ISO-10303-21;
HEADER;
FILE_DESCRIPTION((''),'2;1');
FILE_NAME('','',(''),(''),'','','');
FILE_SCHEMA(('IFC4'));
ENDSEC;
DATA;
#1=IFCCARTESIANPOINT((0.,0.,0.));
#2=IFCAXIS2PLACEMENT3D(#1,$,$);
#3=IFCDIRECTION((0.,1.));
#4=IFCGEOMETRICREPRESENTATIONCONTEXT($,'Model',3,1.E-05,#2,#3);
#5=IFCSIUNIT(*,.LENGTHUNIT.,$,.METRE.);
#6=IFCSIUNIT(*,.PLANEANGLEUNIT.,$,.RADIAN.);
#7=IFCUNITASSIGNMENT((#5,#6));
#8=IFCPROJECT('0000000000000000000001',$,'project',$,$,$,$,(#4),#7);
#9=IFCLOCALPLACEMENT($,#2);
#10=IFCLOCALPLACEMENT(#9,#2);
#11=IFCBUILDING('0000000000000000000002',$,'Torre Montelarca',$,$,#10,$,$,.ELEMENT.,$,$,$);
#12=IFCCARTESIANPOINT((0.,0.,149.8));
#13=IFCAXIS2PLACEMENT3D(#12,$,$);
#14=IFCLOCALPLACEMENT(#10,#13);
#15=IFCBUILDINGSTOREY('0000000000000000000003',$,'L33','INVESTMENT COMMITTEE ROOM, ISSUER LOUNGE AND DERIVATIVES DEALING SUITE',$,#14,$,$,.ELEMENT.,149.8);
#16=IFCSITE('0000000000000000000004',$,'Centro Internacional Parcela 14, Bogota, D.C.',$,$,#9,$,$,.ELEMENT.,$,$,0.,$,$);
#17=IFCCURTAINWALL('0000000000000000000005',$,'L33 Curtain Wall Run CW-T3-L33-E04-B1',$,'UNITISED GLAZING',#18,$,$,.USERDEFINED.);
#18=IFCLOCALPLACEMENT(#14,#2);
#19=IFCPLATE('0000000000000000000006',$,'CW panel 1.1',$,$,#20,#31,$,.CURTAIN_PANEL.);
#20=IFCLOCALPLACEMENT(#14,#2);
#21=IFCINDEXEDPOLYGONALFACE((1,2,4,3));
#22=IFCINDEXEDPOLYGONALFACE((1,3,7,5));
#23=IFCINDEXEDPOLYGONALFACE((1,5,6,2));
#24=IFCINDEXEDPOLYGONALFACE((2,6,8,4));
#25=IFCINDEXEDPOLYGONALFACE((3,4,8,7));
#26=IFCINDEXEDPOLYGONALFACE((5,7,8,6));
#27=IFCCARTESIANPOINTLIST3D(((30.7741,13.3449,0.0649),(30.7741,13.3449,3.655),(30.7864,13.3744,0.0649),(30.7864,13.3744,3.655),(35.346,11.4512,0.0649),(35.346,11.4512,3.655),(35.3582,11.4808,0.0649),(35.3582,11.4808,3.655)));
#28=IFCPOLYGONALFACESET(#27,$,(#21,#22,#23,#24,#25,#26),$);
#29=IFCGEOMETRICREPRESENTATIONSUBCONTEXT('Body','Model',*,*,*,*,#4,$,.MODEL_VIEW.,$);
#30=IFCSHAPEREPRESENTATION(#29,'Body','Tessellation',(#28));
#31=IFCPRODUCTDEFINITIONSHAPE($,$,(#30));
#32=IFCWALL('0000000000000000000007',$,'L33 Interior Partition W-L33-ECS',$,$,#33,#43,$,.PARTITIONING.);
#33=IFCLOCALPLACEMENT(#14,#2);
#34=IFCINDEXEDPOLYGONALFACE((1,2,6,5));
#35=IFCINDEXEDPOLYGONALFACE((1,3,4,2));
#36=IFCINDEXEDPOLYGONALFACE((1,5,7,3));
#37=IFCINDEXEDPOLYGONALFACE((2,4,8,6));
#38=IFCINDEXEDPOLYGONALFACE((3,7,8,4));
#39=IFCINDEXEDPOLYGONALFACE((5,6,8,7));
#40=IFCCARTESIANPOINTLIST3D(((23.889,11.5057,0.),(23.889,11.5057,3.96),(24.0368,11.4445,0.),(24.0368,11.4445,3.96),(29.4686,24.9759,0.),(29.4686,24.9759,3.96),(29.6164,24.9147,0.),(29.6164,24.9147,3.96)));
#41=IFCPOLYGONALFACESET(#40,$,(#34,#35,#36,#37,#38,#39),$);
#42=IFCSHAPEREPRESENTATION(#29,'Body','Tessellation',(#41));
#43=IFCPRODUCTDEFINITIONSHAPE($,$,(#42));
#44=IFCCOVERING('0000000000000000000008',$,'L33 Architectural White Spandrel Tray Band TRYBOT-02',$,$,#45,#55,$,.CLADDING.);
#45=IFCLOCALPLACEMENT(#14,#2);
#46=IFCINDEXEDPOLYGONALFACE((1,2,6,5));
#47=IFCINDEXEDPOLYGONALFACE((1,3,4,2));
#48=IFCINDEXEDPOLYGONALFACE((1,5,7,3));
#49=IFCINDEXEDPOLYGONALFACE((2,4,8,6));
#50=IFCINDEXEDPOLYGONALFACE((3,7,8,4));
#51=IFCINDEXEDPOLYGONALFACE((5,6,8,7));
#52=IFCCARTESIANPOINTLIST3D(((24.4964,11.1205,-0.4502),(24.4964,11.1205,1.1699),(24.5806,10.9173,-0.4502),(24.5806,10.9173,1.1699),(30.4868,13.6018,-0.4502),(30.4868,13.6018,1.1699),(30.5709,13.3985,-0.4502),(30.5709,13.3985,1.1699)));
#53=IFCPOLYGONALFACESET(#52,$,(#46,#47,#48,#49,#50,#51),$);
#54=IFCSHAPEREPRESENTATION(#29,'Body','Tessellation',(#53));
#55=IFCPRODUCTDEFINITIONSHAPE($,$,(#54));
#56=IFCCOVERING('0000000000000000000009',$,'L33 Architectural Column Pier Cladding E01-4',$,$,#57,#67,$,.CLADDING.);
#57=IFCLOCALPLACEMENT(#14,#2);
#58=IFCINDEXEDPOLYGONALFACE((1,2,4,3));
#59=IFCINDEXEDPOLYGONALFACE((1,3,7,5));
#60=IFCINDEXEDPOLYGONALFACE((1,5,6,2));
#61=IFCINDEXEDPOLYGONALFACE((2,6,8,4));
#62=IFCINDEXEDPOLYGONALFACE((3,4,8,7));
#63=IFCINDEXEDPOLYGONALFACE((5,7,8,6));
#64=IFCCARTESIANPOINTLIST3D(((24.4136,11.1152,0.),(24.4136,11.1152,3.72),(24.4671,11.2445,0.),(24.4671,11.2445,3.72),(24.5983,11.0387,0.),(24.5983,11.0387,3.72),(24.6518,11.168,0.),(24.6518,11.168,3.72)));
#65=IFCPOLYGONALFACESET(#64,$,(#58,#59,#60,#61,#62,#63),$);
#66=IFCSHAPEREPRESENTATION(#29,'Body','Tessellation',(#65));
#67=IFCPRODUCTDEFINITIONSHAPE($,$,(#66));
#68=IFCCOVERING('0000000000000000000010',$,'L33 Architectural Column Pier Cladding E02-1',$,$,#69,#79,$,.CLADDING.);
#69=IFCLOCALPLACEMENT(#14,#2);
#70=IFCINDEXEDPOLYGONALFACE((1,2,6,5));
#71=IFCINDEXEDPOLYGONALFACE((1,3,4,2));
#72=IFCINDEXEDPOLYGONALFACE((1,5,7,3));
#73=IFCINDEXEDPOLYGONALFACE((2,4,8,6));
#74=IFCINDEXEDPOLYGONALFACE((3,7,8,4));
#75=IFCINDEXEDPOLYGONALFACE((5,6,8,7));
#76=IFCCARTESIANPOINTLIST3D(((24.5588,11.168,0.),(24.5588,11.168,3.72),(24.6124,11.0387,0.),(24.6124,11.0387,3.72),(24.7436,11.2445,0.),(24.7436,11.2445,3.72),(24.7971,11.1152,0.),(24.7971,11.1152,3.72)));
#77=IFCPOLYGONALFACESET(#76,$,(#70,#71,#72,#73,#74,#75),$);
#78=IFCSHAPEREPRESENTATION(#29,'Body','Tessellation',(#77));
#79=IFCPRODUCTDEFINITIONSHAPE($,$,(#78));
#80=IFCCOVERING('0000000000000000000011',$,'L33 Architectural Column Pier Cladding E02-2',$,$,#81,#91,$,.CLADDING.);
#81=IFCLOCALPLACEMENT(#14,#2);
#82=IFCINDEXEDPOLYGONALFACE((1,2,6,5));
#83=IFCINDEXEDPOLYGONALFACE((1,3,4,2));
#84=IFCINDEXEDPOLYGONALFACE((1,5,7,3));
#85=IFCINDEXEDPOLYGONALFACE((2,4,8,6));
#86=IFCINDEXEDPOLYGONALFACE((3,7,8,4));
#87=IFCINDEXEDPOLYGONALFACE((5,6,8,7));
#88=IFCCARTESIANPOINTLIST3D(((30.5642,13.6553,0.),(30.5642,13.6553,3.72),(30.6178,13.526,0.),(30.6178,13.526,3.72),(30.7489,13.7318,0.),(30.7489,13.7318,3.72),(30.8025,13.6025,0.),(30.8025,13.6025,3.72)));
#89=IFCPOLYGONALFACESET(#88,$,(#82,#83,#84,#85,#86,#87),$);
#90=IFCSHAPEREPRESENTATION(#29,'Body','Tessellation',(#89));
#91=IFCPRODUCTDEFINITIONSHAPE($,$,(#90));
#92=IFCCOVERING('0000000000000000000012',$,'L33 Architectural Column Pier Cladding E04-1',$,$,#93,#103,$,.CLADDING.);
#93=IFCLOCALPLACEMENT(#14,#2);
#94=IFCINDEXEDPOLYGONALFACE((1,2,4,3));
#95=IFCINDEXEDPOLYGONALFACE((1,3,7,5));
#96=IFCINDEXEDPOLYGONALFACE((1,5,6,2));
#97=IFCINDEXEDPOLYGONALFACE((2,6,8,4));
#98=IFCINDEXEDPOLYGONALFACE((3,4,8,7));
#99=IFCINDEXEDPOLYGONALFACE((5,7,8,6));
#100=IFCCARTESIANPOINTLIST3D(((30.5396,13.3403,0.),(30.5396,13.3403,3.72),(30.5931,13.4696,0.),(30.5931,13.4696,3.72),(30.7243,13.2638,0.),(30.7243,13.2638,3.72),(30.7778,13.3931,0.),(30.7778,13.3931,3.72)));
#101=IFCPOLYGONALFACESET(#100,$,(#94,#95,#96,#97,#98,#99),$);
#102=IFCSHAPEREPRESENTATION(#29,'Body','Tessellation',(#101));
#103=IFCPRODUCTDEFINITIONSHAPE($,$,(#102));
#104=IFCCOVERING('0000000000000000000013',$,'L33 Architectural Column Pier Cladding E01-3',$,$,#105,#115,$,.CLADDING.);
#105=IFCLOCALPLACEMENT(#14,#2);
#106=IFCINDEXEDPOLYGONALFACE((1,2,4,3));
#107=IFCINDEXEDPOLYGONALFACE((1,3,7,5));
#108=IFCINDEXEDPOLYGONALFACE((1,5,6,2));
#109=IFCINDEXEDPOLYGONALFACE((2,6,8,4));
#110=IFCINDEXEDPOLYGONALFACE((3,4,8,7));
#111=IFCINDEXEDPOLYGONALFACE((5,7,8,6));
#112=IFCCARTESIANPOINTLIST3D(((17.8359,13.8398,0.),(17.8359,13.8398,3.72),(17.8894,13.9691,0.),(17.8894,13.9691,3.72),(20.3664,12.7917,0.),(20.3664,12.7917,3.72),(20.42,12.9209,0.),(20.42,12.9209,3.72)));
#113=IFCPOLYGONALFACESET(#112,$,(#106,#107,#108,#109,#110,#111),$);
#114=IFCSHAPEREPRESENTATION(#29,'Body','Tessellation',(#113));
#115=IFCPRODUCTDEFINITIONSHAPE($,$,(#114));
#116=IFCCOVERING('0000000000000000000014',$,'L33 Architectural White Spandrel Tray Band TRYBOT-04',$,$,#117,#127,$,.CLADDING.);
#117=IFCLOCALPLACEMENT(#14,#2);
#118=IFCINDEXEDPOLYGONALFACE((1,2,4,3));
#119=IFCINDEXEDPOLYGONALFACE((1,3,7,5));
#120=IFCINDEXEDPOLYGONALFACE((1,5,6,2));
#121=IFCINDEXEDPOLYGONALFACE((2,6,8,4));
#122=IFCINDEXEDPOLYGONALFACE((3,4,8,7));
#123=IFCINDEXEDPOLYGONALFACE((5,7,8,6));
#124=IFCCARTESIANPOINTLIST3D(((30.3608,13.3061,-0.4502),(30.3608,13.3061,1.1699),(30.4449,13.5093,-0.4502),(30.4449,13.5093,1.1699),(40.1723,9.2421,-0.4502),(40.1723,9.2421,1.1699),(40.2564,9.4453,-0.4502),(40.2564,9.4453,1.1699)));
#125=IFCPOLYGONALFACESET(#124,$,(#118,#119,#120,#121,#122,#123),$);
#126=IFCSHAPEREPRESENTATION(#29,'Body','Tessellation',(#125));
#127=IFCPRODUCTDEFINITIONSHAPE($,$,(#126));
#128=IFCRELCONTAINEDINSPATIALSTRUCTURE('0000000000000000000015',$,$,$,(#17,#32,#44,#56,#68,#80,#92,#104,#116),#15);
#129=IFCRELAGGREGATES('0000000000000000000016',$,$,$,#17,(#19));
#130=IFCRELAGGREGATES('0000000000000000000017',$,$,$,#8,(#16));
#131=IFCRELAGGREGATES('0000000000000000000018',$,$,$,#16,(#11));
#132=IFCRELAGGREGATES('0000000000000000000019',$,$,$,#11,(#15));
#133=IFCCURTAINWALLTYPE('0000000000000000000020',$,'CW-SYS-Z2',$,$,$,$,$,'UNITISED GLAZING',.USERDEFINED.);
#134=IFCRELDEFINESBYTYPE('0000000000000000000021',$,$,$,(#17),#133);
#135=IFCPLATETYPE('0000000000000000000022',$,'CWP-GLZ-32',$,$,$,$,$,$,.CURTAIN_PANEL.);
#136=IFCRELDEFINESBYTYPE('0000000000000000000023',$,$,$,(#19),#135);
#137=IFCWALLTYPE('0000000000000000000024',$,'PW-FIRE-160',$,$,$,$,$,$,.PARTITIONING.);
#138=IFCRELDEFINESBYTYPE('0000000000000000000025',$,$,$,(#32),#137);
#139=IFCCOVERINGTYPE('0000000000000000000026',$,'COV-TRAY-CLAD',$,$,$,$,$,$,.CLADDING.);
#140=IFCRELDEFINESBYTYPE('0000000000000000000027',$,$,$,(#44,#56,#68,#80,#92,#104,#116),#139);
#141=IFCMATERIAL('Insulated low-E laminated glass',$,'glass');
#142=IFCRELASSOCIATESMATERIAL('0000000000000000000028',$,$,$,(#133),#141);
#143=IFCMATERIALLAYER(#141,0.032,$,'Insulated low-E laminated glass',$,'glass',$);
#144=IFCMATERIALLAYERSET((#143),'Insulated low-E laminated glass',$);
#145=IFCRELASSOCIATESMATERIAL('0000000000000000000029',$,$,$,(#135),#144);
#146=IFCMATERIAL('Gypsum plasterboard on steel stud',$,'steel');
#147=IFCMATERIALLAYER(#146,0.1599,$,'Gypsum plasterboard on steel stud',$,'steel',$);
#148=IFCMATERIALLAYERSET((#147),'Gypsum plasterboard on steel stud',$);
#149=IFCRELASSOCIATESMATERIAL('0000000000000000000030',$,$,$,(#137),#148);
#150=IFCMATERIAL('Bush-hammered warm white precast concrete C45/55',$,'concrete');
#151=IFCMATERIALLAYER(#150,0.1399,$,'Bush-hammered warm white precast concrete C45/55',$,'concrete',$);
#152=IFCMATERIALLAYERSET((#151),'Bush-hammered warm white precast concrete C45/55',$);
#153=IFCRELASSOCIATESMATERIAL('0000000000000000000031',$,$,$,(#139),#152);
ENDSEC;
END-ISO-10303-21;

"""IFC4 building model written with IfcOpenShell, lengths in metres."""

from ifc_helpers import new_model, si_unit, direction, frame, frame_2d, origin, origin_2d, place, context, subcontext, project, spatial, rectangle, extrude, source, transform, mapped, material, layer, layer_set, type_object, element, aggregate, save


model = new_model("IFC4")

# Units and contexts
model_context = context("Model", 3, precision=1e-05, world=origin(), true_north=direction((0.0, 1.0)))
body_context = subcontext(model_context, "Body", "Model", "MODEL_VIEW")
ifc_project = project(units=[si_unit("LENGTHUNIT", "METRE"), si_unit("PLANEANGLEUNIT", "RADIAN")], contexts=[model_context])

# Site, building, storey
site_placement = place(None, origin())
site = spatial("IfcSite", under=ifc_project, at=site_placement, Name="Centro Internacional Parcela 14, Bogota, D.C.", CompositionType="ELEMENT", RefElevation=0.0)
building_placement = place(site_placement, origin())
building = spatial("IfcBuilding", under=site, at=building_placement, Name="Torre Montelarca", CompositionType="ELEMENT")
storey_placement = place(building_placement, frame((0.0, 0.0, 149.8)))
storey = spatial("IfcBuildingStorey", under=building, at=storey_placement, Name="L33", Description="INVESTMENT COMMITTEE ROOM, ISSUER LOUNGE AND DERIVATIVES DEALING SUITE", CompositionType="ELEMENT", Elevation=149.8)

# Shared definitions
ifc_material_1 = material(Name="Insulated low-E laminated glass", Category="glass")
curtain_wall_type = type_object("IfcCurtainWallType", Name="CW-SYS-Z2", ElementType="UNITISED GLAZING", PredefinedType="USERDEFINED", material=ifc_material_1)

# Curtain wall
curtain_wall_1_placement = place(storey_placement, origin())
curtain_wall_1 = element("IfcCurtainWall", 1, at=curtain_wall_1_placement, inside=storey, type_object=curtain_wall_type, Name="L33 Curtain Wall Run CW-T3-L33-E04-B1", ObjectType="UNITISED GLAZING", PredefinedType="USERDEFINED")

# Plate
ifc_layer_1 = layer(ifc_material_1, 0.032, Name="Insulated low-E laminated glass", Category="glass")
ifc_layer_set_1 = layer_set([ifc_layer_1], Name="Insulated low-E laminated glass")
plate_type = type_object("IfcPlateType", Name="CWP-GLZ-32", PredefinedType="CURTAIN_PANEL", material=ifc_layer_set_1)
shared_shape_1 = source(origin(), body_context, "Body", "SweptSolid", [
    extrude(rectangle(XDim=4.9485, YDim=0.032, at=origin_2d()), origin(), (0.0, 0.0, 1.0), 3.5901),
])
plate_1_placement = place(storey_placement, frame((33.0662, 12.4128, 0.0649), z_axis=(0.0, 0.0, 1.0), x_axis=(0.923885, -0.382671, 0.0)))
plate_1 = element("IfcPlate", 2, at=plate_1_placement, type_object=plate_type, Name="CW panel 1.1", PredefinedType="CURTAIN_PANEL", context=body_context, shape_type="MappedRepresentation", body=[
    mapped(shared_shape_1, transform((0.0, 0.0, 0.0), scale=1.0)),
])
aggregate(curtain_wall_1, [plate_1])

# Wall
ifc_material_2 = material(Name="Gypsum plasterboard on steel stud", Category="steel")
ifc_layer_2 = layer(ifc_material_2, 0.1599, Name="Gypsum plasterboard on steel stud", Category="steel")
ifc_layer_set_2 = layer_set([ifc_layer_2], Name="Gypsum plasterboard on steel stud")
wall_type = type_object("IfcWallType", Name="PW-FIRE-160", PredefinedType="PARTITIONING", material=ifc_layer_set_2)
wall_placement = place(storey_placement, frame((23.9629, 11.4751, 0.0), z_axis=(0.0, 0.0, 1.0), x_axis=(0.382686, 0.923878, 0.0)))
element("IfcWall", 3, at=wall_placement, inside=storey, type_object=wall_type, Name="L33 Interior Partition W-L33-ECS", PredefinedType="PARTITIONING", context=body_context, shape_type="SweptSolid", body=[
    extrude(rectangle(XDim=14.5801, YDim=0.1599, at=frame_2d((7.29, 0.0))), origin(), (0.0, 0.0, 1.0), 3.96),
])

# Coverings
ifc_material_3 = material(Name="Bush-hammered warm white precast concrete C45/55", Category="concrete")
ifc_layer_3 = layer(ifc_material_3, 0.1399, Name="Bush-hammered warm white precast concrete C45/55", Category="concrete")
ifc_layer_set_3 = layer_set([ifc_layer_3], Name="Bush-hammered warm white precast concrete C45/55")
covering_type = type_object("IfcCoveringType", Name="COV-TRAY-CLAD", PredefinedType="CLADDING", material=ifc_layer_set_3)
shared_shape_2 = source(origin(), body_context, "Body", "SweptSolid", [
    extrude(rectangle(XDim=6.4839, YDim=0.22, at=origin_2d()), origin(), (0.0, 0.0, 1.0), 1.6201),
])
covering_1_placement = place(storey_placement, frame((27.5337, 12.2595, -0.4502), z_axis=(0.0, 0.0, 1.0), x_axis=(0.92388, 0.382682, 0.0)))
element("IfcCovering", 4, at=covering_1_placement, inside=storey, type_object=covering_type, Name="L33 Architectural White Spandrel Tray Band TRYBOT-02", PredefinedType="CLADDING", context=body_context, shape_type="MappedRepresentation", body=[
    mapped(shared_shape_2, transform((0.0, 0.0, 0.0), scale=1.0)),
])
shared_shape_3 = source(origin(), body_context, "Body", "SweptSolid", [
    extrude(rectangle(XDim=0.2, YDim=0.1399, at=origin_2d()), origin(), (0.0, 0.0, 1.0), 3.72),
])
for number, where, z_axis, x_axis, name in (
    (5, (24.5327, 11.1416, 0.0), (0.0, 0.0, 1.0), (0.923878, -0.382687, 0.0), "L33 Architectural Column Pier Cladding E01-4"),
    (6, (24.678, 11.1416, 0.0), (0.0, 0.0, 1.0), (0.923882, 0.382677, 0.0), "L33 Architectural Column Pier Cladding E02-1"),
    (7, (30.6833, 13.6289, 0.0), (0.0, 0.0, 1.0), (0.923882, 0.382677, 0.0), "L33 Architectural Column Pier Cladding E02-2"),
    (8, (30.6587, 13.3667, 0.0), (0.0, 0.0, 1.0), (0.923883, -0.382675, 0.0), "L33 Architectural Column Pier Cladding E04-1"),
):
    element("IfcCovering", number, at=place(storey_placement, frame(where, z_axis=z_axis, x_axis=x_axis)), inside=storey, type_object=covering_type, Name=name, PredefinedType="CLADDING", context=body_context, shape_type="MappedRepresentation", body=[
        mapped(shared_shape_3, transform((0.0, 0.0, 0.0), scale=1.0)),
    ])
shared_shape_4 = source(origin(), body_context, "Body", "SweptSolid", [
    extrude(rectangle(XDim=2.739, YDim=0.1399, at=origin_2d()), origin(), (0.0, 0.0, 1.0), 3.72),
])
covering_2_placement = place(storey_placement, frame((19.1279, 13.3804, 0.0), z_axis=(0.0, 0.0, 1.0), x_axis=(0.923878, -0.382687, 0.0)))
element("IfcCovering", 9, at=covering_2_placement, inside=storey, type_object=covering_type, Name="L33 Architectural Column Pier Cladding E01-3", PredefinedType="CLADDING", context=body_context, shape_type="MappedRepresentation", body=[
    mapped(shared_shape_4, transform((0.0, 0.0, 0.0), scale=1.0)),
])
shared_shape_5 = source(origin(), body_context, "Body", "SweptSolid", [
    extrude(rectangle(XDim=10.6199, YDim=0.22, at=origin_2d()), origin(), (0.0, 0.0, 1.0), 1.6201),
])
covering_3_placement = place(storey_placement, frame((35.3086, 11.3757, -0.4502), z_axis=(0.0, 0.0, 1.0), x_axis=(0.923882, -0.382679, 0.0)))
element("IfcCovering", 10, at=covering_3_placement, inside=storey, type_object=covering_type, Name="L33 Architectural White Spandrel Tray Band TRYBOT-04", PredefinedType="CLADDING", context=body_context, shape_type="MappedRepresentation", body=[
    mapped(shared_shape_5, transform((0.0, 0.0, 0.0), scale=1.0)),
])

save(model, "model.ifc")
